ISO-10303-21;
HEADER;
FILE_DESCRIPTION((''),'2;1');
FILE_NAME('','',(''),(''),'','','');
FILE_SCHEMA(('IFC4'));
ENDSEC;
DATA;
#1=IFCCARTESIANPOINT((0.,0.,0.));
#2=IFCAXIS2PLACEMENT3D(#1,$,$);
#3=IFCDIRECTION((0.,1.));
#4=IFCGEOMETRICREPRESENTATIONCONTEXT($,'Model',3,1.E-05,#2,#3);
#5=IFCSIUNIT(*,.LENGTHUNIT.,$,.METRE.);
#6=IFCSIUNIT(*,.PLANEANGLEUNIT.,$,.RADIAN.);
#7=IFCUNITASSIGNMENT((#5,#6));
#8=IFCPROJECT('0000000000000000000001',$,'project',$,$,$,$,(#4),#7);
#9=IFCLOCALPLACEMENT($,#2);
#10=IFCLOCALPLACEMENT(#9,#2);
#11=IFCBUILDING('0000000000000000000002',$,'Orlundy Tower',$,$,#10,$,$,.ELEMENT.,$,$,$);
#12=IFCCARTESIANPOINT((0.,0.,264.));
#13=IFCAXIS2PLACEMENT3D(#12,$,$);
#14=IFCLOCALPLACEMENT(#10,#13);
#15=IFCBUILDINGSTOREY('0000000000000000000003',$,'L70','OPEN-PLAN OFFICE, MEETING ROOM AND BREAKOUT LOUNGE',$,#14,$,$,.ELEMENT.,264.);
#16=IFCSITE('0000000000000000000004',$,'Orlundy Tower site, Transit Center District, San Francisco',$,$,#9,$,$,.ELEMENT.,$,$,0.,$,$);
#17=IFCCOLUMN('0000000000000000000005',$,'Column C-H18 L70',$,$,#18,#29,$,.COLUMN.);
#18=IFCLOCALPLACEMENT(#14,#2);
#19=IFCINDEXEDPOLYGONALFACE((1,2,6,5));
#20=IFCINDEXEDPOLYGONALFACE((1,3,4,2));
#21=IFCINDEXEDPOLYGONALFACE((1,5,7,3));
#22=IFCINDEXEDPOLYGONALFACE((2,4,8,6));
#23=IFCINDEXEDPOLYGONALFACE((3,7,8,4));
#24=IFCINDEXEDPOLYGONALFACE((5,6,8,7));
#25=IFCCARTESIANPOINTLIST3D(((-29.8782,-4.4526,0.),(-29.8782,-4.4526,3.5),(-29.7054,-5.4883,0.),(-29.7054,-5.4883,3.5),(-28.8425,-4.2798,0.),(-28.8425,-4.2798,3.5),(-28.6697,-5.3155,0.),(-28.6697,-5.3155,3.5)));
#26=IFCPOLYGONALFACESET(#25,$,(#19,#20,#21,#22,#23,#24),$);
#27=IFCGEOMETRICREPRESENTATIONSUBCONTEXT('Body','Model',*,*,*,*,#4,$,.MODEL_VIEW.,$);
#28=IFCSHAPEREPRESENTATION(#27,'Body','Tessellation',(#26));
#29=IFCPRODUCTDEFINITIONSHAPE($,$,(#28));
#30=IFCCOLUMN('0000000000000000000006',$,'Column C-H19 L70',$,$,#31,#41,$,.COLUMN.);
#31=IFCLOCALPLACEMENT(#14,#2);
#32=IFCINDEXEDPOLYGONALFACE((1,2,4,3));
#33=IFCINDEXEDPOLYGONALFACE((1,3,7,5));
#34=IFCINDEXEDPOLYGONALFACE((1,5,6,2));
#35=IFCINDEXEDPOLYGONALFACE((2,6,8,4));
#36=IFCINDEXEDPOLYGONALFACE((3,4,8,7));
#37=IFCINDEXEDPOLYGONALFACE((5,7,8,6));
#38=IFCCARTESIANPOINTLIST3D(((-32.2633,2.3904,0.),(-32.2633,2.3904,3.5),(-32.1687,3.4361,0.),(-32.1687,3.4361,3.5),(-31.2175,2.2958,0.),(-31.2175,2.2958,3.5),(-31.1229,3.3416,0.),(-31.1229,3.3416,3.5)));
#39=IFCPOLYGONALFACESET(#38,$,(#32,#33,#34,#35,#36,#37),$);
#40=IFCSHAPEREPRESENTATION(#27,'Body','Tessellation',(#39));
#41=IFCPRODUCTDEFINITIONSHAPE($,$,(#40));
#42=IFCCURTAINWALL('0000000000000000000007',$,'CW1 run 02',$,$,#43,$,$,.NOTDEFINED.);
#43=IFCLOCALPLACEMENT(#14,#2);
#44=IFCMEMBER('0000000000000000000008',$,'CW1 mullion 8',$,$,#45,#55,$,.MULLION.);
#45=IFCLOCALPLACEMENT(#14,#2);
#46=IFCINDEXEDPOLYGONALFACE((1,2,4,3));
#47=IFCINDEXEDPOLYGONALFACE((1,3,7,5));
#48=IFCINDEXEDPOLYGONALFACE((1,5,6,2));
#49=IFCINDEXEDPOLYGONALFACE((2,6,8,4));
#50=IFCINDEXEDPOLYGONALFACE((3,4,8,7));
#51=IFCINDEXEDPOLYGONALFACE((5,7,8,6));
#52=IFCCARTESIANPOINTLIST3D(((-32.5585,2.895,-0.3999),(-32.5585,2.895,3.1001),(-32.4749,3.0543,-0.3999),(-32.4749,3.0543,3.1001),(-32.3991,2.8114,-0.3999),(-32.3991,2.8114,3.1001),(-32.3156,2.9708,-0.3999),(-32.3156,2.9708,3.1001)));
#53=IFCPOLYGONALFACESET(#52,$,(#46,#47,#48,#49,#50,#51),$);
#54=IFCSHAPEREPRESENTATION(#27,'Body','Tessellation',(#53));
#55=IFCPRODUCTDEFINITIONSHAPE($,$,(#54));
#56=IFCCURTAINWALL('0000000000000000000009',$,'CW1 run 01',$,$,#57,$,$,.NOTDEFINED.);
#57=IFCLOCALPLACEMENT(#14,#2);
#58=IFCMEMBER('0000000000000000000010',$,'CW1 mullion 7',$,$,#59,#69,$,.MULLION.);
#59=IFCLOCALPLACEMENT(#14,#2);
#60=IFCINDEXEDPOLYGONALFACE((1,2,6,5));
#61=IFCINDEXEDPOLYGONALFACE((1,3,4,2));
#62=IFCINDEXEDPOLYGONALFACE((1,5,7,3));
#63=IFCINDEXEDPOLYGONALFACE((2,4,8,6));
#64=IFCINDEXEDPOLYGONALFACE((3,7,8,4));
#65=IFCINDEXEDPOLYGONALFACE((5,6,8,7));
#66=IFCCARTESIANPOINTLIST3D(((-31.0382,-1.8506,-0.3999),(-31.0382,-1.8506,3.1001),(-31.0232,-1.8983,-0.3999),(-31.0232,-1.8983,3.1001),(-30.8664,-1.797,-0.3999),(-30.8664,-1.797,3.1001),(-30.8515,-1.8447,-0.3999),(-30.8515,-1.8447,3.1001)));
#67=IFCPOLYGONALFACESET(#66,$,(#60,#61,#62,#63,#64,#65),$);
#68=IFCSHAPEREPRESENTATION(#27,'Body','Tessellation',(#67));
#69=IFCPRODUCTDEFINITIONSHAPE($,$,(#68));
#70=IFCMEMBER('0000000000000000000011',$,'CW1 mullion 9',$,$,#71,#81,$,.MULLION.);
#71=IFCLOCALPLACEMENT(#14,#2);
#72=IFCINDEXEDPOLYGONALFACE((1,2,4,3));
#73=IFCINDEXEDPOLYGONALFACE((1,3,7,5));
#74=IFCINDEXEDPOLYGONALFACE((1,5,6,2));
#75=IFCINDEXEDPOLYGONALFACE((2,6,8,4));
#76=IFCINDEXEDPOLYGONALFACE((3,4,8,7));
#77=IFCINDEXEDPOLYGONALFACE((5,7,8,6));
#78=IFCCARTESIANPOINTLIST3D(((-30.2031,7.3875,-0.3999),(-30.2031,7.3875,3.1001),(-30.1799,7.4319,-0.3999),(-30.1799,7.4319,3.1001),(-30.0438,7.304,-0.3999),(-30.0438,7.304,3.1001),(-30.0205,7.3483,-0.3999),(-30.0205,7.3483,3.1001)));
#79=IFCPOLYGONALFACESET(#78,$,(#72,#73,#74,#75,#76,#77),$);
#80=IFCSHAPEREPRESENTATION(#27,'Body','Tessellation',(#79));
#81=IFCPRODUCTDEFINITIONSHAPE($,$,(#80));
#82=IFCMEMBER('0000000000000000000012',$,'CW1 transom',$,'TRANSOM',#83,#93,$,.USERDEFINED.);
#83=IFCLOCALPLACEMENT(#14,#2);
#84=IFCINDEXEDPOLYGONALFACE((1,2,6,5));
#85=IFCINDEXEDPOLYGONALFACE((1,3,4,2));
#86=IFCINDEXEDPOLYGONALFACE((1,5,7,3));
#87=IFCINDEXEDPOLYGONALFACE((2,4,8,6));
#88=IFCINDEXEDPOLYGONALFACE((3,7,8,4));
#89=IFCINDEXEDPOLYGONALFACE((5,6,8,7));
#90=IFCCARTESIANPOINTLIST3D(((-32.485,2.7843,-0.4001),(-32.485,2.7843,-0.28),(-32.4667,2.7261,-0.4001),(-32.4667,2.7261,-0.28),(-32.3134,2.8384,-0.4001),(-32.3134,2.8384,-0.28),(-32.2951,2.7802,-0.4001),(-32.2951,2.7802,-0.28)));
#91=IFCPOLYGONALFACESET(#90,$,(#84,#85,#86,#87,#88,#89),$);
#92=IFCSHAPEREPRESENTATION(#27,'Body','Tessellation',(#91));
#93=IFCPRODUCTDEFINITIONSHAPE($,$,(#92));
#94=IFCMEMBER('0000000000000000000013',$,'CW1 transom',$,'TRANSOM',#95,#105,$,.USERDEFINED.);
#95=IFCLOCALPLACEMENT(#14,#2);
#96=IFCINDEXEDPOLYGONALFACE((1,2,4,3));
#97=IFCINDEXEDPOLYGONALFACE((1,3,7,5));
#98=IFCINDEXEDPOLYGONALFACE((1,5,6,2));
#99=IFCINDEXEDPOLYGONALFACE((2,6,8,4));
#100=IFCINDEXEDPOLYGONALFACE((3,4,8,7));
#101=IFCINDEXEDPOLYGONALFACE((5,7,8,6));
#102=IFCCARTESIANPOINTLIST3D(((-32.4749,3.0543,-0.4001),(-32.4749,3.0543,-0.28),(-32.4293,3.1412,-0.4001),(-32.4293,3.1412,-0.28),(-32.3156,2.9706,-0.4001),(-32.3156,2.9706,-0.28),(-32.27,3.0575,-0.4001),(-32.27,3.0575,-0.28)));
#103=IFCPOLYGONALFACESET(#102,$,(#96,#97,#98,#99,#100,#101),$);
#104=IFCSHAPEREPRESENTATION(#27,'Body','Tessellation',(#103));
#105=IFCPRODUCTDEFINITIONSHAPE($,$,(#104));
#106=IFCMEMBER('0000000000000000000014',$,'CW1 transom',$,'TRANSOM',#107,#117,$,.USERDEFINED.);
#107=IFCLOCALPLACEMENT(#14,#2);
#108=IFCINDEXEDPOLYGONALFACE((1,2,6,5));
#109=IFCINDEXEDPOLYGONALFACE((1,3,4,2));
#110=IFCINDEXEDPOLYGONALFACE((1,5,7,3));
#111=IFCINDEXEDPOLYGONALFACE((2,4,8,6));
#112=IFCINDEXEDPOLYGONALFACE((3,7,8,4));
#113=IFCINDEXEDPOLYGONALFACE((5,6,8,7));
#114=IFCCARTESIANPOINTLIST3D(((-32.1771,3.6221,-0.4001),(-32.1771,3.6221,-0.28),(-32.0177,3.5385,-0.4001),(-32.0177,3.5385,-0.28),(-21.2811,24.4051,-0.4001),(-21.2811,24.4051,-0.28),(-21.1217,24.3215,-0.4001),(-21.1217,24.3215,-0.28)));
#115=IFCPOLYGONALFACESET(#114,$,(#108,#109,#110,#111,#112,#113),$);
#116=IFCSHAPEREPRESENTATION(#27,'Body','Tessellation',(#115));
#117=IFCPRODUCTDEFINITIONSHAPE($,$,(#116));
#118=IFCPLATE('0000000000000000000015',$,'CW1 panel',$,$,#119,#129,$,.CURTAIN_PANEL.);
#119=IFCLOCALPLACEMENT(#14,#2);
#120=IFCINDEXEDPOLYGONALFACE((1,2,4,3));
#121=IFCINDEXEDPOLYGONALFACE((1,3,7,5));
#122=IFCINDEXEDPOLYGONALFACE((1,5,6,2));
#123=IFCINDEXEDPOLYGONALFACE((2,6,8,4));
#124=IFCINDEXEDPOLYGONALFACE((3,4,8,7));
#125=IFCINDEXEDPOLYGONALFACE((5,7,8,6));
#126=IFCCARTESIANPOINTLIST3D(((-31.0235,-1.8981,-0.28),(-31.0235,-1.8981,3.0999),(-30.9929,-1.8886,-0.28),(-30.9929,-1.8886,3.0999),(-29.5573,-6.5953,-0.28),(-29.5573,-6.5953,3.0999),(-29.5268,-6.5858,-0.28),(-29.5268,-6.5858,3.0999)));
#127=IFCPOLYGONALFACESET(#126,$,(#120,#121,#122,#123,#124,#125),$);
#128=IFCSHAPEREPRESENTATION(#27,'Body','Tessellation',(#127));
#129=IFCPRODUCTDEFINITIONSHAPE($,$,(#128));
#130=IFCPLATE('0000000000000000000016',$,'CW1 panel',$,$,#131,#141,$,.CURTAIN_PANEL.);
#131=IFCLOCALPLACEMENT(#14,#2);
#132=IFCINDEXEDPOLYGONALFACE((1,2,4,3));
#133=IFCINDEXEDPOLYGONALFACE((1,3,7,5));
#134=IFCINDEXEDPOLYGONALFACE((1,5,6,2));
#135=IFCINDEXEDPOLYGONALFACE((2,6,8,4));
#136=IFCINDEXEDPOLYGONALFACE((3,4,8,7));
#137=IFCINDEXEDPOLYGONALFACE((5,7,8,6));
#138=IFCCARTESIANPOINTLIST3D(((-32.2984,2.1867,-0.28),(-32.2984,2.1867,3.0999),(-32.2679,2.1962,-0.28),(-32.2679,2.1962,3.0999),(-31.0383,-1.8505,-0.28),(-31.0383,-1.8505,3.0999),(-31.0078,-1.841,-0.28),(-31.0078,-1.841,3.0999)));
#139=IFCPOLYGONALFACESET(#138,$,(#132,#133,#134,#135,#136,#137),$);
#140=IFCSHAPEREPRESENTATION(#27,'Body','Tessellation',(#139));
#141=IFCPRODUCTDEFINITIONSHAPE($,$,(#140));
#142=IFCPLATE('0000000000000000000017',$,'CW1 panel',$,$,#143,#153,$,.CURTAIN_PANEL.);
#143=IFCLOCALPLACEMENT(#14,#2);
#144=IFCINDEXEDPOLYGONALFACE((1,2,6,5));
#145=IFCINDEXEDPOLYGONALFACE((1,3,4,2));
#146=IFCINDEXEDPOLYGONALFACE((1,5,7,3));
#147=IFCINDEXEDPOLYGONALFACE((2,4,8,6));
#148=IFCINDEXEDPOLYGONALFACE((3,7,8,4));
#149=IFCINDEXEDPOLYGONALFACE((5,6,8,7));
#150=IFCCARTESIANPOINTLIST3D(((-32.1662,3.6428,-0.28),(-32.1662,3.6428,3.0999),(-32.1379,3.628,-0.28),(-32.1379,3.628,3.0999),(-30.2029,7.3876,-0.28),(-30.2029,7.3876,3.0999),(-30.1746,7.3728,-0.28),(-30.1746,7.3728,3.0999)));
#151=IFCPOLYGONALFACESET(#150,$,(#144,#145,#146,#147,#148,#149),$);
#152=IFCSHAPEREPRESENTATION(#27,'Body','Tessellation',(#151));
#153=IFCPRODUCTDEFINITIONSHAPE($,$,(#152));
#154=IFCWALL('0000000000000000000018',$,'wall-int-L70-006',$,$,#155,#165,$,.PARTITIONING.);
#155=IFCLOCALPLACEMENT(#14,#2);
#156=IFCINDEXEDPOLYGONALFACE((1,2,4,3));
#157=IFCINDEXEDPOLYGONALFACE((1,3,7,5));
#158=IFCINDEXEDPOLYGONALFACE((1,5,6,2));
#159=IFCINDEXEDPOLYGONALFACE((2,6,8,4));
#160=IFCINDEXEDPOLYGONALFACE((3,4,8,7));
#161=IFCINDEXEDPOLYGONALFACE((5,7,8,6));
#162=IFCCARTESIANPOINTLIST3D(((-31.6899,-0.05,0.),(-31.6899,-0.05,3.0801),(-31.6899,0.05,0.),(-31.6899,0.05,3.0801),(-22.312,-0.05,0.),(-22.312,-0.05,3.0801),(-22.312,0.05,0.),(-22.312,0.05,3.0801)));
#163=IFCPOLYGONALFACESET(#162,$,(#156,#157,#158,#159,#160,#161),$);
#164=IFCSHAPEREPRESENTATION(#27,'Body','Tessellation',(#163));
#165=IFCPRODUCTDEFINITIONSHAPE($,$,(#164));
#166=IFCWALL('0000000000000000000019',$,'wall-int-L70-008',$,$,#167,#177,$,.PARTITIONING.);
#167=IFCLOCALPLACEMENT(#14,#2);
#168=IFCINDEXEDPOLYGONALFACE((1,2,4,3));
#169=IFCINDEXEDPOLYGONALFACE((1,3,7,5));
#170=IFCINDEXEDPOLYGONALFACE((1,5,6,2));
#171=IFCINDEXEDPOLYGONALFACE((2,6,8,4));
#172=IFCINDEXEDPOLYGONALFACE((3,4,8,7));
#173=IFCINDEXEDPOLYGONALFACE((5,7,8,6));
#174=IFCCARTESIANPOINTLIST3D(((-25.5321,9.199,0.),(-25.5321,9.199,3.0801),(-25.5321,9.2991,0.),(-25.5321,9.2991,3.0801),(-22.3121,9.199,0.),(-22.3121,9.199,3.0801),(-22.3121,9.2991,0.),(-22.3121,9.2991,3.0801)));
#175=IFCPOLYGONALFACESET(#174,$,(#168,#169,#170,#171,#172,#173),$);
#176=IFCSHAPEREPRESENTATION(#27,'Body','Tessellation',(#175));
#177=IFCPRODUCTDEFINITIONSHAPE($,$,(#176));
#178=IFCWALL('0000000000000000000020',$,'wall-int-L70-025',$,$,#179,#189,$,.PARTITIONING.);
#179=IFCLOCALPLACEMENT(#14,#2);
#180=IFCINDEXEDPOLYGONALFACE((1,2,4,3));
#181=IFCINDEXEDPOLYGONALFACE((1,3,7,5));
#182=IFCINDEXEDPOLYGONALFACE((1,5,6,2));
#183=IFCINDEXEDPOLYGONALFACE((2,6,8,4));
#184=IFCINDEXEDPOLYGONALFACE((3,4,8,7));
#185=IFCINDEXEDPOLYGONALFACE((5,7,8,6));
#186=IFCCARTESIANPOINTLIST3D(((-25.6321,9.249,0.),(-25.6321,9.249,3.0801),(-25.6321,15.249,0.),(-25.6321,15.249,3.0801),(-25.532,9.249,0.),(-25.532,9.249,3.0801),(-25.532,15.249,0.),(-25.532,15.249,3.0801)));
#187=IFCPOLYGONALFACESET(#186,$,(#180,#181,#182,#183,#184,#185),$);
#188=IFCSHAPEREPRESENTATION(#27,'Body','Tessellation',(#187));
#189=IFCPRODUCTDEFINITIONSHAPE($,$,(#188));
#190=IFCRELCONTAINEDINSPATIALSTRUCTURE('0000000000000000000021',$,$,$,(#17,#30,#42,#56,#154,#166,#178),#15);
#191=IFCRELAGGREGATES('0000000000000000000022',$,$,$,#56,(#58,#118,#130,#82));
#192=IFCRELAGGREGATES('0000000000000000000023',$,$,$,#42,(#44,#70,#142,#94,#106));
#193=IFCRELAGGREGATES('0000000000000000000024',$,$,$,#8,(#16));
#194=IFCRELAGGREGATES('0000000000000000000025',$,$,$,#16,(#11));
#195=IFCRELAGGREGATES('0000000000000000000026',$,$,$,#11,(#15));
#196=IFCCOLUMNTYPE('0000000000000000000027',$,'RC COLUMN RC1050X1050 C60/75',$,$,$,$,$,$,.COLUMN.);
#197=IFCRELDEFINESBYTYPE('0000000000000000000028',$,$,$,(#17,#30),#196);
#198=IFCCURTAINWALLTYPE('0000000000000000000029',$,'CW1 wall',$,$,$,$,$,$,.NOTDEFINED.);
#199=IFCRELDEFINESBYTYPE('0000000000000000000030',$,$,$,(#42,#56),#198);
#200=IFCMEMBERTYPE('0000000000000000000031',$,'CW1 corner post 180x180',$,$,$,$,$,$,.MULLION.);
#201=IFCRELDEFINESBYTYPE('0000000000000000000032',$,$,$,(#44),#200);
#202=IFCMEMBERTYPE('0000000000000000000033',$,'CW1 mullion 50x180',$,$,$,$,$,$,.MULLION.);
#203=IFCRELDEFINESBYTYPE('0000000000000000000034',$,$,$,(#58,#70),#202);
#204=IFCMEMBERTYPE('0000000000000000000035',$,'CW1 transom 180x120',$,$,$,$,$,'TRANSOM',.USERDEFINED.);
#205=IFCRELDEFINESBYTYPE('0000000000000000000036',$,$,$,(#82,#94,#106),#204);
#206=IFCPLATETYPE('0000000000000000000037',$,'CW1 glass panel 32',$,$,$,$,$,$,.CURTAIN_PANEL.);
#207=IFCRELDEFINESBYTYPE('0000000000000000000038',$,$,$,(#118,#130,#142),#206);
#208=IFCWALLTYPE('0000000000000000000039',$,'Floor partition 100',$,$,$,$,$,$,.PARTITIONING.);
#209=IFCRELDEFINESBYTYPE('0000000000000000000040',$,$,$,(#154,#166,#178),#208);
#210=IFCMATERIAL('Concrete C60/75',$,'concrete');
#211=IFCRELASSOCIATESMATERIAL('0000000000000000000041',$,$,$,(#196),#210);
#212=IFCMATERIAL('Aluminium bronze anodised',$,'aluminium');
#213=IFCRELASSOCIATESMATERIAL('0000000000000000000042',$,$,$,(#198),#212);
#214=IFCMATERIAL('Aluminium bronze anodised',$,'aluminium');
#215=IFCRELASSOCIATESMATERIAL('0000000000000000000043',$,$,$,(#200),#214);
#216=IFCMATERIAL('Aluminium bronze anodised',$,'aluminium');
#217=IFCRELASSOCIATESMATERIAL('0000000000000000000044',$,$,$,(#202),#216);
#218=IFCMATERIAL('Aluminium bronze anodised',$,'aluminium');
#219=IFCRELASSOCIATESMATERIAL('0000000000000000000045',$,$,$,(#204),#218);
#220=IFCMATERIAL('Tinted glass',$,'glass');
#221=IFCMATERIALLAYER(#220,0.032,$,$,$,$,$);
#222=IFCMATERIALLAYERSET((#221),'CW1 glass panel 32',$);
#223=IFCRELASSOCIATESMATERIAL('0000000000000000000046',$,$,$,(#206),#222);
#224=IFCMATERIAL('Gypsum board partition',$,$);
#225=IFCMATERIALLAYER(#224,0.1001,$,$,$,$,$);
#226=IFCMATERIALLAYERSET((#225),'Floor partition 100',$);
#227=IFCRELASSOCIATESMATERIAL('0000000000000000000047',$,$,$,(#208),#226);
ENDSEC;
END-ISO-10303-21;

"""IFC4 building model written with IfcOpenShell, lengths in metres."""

from ifc_helpers import new_model, si_unit, direction, frame, frame_2d, origin, origin_2d, place, context, subcontext, project, spatial, rectangle, extrude, material, layer, layer_set, material_profile, profile_set, type_object, element, aggregate, save


model = new_model("IFC4")

# Units and contexts
model_context = context("Model", 3, precision=1e-05, world=origin(), true_north=direction((0.0, 1.0)))
body_context = subcontext(model_context, "Body", "Model", "MODEL_VIEW")
ifc_project = project(units=[si_unit("LENGTHUNIT", "METRE"), si_unit("PLANEANGLEUNIT", "RADIAN")], contexts=[model_context])

# Site, building, storey
site_placement = place(None, origin())
site = spatial("IfcSite", under=ifc_project, at=site_placement, Name="Orlundy Tower site, Transit Center District, San Francisco", CompositionType="ELEMENT", RefElevation=0.0)
building_placement = place(site_placement, origin())
building = spatial("IfcBuilding", under=site, at=building_placement, Name="Orlundy Tower", CompositionType="ELEMENT")
storey_placement = place(building_placement, frame((0.0, 0.0, 264.0)))
storey = spatial("IfcBuildingStorey", under=building, at=storey_placement, Name="L70", Description="OPEN-PLAN OFFICE, MEETING ROOM AND BREAKOUT LOUNGE", CompositionType="ELEMENT", Elevation=264.0)

# Columns
ifc_material_1 = material(Name="Concrete C60/75", Category="concrete")
ifc_material_profile_1 = material_profile(ifc_material_1, rectangle(XDim=1.05, YDim=1.05, at=origin_2d()), Name="RC1050X1050")
ifc_profile_set_1 = profile_set([ifc_material_profile_1], Name="Concrete C60/75")
column_type = type_object("IfcColumnType", Name="RC COLUMN RC1050X1050 C60/75", PredefinedType="COLUMN", material=ifc_profile_set_1)
for number, where, z_axis, x_axis, name in (
    (1, (-29.2739, -4.884, 0.0), (0.0, 0.0, 1.0), (-0.986366, -0.164566, 0.0), "Column C-H18 L70"),
    (2, (-31.6931, 2.866, 0.0), (0.0, 0.0, 1.0), (-0.995936, 0.090059, 0.0), "Column C-H19 L70"),
):
    element("IfcColumn", number, at=place(storey_placement, frame(where, z_axis=z_axis, x_axis=x_axis)), inside=storey, type_object=column_type, Name=name, PredefinedType="COLUMN", context=body_context, shape_type="SweptSolid", body=[
        extrude(rectangle(XDim=1.05, YDim=1.05, at=origin_2d()), origin(), (0.0, 0.0, 1.0), 3.5),
    ])

# Curtain walls, members
ifc_material_2 = material(Name="Aluminium bronze anodised", Category="aluminium")
curtain_wall_type = type_object("IfcCurtainWallType", Name="CW1 wall", PredefinedType="NOTDEFINED", material=ifc_material_2)
curtain_wall_1_placement = place(storey_placement, origin())
curtain_wall_1 = element("IfcCurtainWall", 3, at=curtain_wall_1_placement, inside=storey, type_object=curtain_wall_type, Name="CW1 run 02", PredefinedType="NOTDEFINED")
ifc_material_3 = material(Name="Aluminium bronze anodised", Category="aluminium")
ifc_material_profile_2 = material_profile(ifc_material_3, rectangle(XDim=0.1799, YDim=0.1799, at=origin_2d()), Name="CW1 corner post 180x180")
ifc_profile_set_2 = profile_set([ifc_material_profile_2], Name="Aluminium bronze anodised")
member_type_1 = type_object("IfcMemberType", Name="CW1 corner post 180x180", PredefinedType="MULLION", material=ifc_profile_set_2)
member_1_placement = place(storey_placement, frame((-32.437, 2.9329, -0.3999), z_axis=(0.0, 0.0, 1.0), x_axis=(-0.885659, 0.464336, 0.0)))
member_1 = element("IfcMember", 4, at=member_1_placement, type_object=member_type_1, Name="CW1 mullion 8", PredefinedType="MULLION", context=body_context, shape_type="SweptSolid", body=[
    extrude(rectangle(XDim=0.1799, YDim=0.1799, at=origin_2d()), origin(), (0.0, 0.0, 1.0), 3.5),
])
curtain_wall_2_placement = place(storey_placement, origin())
curtain_wall_2 = element("IfcCurtainWall", 5, at=curtain_wall_2_placement, inside=storey, type_object=curtain_wall_type, Name="CW1 run 01", PredefinedType="NOTDEFINED")
ifc_material_4 = material(Name="Aluminium bronze anodised", Category="aluminium")
ifc_material_profile_3 = material_profile(ifc_material_4, rectangle(XDim=0.1799, YDim=0.05, at=origin_2d()), Name="CW1 mullion 50x180")
ifc_profile_set_3 = profile_set([ifc_material_profile_3], Name="Aluminium bronze anodised")
member_type_2 = type_object("IfcMemberType", Name="CW1 mullion 50x180", PredefinedType="MULLION", material=ifc_profile_set_3)
member_2_placement = place(storey_placement, frame((-30.9448, -1.8477, -0.3999), z_axis=(0.0, 0.0, 1.0), x_axis=(-0.95458, -0.297954, 0.0)))
member_2 = element("IfcMember", 6, at=member_2_placement, type_object=member_type_2, Name="CW1 mullion 7", PredefinedType="MULLION", context=body_context, shape_type="SweptSolid", body=[
    extrude(rectangle(XDim=0.1799, YDim=0.05, at=origin_2d()), origin(), (0.0, 0.0, 1.0), 3.5),
])

# Members
member_3_placement = place(storey_placement, frame((-30.1118, 7.3679, -0.3999), z_axis=(0.0, 0.0, 1.0), x_axis=(-0.885659, 0.464336, 0.0)))
member_3 = element("IfcMember", 7, at=member_3_placement, type_object=member_type_2, Name="CW1 mullion 9", PredefinedType="MULLION", context=body_context, shape_type="SweptSolid", body=[
    extrude(rectangle(XDim=0.1799, YDim=0.05, at=origin_2d()), origin(), (0.0, 0.0, 1.0), 3.5),
])
ifc_material_5 = material(Name="Aluminium bronze anodised", Category="aluminium")
ifc_material_profile_4 = material_profile(ifc_material_5, rectangle(XDim=0.1799, YDim=0.1201, at=origin_2d()), Name="CW1 transom 180x120")
ifc_profile_set_4 = profile_set([ifc_material_profile_4], Name="Aluminium bronze anodised")
member_type_3 = type_object("IfcMemberType", Name="CW1 transom 180x120", ElementType="TRANSOM", PredefinedType="USERDEFINED", material=ifc_profile_set_4)
member_4_placement = place(storey_placement, frame((-32.3809, 2.7532, -0.3401), z_axis=(-0.300556, 0.953764, 0.0), x_axis=(-0.953764, -0.300556, 0.0)))
member_4 = element("IfcMember", 8, at=member_4_placement, type_object=member_type_3, Name="CW1 transom", ObjectType="TRANSOM", PredefinedType="USERDEFINED", context=body_context, shape_type="SweptSolid", body=[
    extrude(rectangle(XDim=0.1799, YDim=0.1201, at=origin_2d()), origin(), (0.0, 0.0, 1.0), 0.061),
])
member_5_placement = place(storey_placement, frame((-32.3953, 3.0125, -0.3401), z_axis=(0.465029, 0.885296, 0.0), x_axis=(-0.885296, 0.465029, 0.0)))
member_5 = element("IfcMember", 9, at=member_5_placement, type_object=member_type_3, Name="CW1 transom", ObjectType="TRANSOM", PredefinedType="USERDEFINED", context=body_context, shape_type="SweptSolid", body=[
    extrude(rectangle(XDim=0.1799, YDim=0.1201, at=origin_2d()), origin(), (0.0, 0.0, 1.0), 0.0981),
])
member_6_placement = place(storey_placement, frame((-32.0974, 3.5803, -0.3401), z_axis=(0.464331, 0.885662, 0.0), x_axis=(-0.885662, 0.464331, 0.0)))
member_6 = element("IfcMember", 10, at=member_6_placement, type_object=member_type_3, Name="CW1 transom", ObjectType="TRANSOM", PredefinedType="USERDEFINED", context=body_context, shape_type="SweptSolid", body=[
    extrude(rectangle(XDim=0.1799, YDim=0.1201, at=origin_2d()), origin(), (0.0, 0.0, 1.0), 23.4661),
])

# Plates
ifc_material_6 = material(Name="Tinted glass", Category="glass")
ifc_layer_1 = layer(ifc_material_6, 0.032)
ifc_layer_set_1 = layer_set([ifc_layer_1], Name="CW1 glass panel 32")
plate_type = type_object("IfcPlateType", Name="CW1 glass panel 32", PredefinedType="CURTAIN_PANEL", material=ifc_layer_set_1)
plate_1_placement = place(storey_placement, frame((-30.2751, -4.2419, -0.28), z_axis=(0.0, 0.0, 1.0), x_axis=(-0.297954, 0.95458, 0.0)))
plate_1 = element("IfcPlate", 11, at=plate_1_placement, type_object=plate_type, Name="CW1 panel", PredefinedType="CURTAIN_PANEL", context=body_context, shape_type="SweptSolid", body=[
    extrude(rectangle(XDim=4.9207, YDim=0.032, at=origin_2d()), origin(), (0.0, 0.0, 1.0), 3.3799),
])
plate_2_placement = place(storey_placement, frame((-31.6531, 0.1729, -0.28), z_axis=(0.0, 0.0, 1.0), x_axis=(-0.297954, 0.95458, 0.0)))
plate_2 = element("IfcPlate", 12, at=plate_2_placement, type_object=plate_type, Name="CW1 panel", PredefinedType="CURTAIN_PANEL", context=body_context, shape_type="SweptSolid", body=[
    extrude(rectangle(XDim=4.2292, YDim=0.032, at=origin_2d()), origin(), (0.0, 0.0, 1.0), 3.3799),
])
aggregate(curtain_wall_2, [member_2, plate_1, plate_2, member_4])
plate_3_placement = place(storey_placement, frame((-31.1704, 5.5078, -0.28), z_axis=(0.0, 0.0, 1.0), x_axis=(0.464336, 0.885659, 0.0)))
plate_3 = element("IfcPlate", 13, at=plate_3_placement, type_object=plate_type, Name="CW1 panel", PredefinedType="CURTAIN_PANEL", context=body_context, shape_type="SweptSolid", body=[
    extrude(rectangle(XDim=4.2283, YDim=0.032, at=origin_2d()), origin(), (0.0, 0.0, 1.0), 3.3799),
])
aggregate(curtain_wall_1, [member_1, member_3, plate_3, member_5, member_6])

# Walls
ifc_material_7 = material(Name="Gypsum board partition")
ifc_layer_2 = layer(ifc_material_7, 0.1001)
ifc_layer_set_2 = layer_set([ifc_layer_2], Name="Floor partition 100")
wall_type_1 = type_object("IfcWallType", Name="Floor partition 100", PredefinedType="PARTITIONING", material=ifc_layer_set_2)
wall_1_placement = place(storey_placement, frame((-31.6899, 0.0, 0.0), z_axis=(0.0, 0.0, 1.0), x_axis=(1.0, 0.0, 0.0)))
element("IfcWall", 14, at=wall_1_placement, inside=storey, type_object=wall_type_1, Name="wall-int-L70-006", PredefinedType="PARTITIONING", context=body_context, shape_type="SweptSolid", body=[
    extrude(rectangle(XDim=9.3779, YDim=0.1001, at=frame_2d((4.689, 0.0))), origin(), (0.0, 0.0, 1.0), 3.0801),
])
wall_2_placement = place(storey_placement, frame((-25.532, 9.249, 0.0), z_axis=(0.0, 0.0, 1.0), x_axis=(1.0, 0.0, 0.0)))
element("IfcWall", 15, at=wall_2_placement, inside=storey, type_object=wall_type_1, Name="wall-int-L70-008", PredefinedType="PARTITIONING", context=body_context, shape_type="SweptSolid", body=[
    extrude(rectangle(XDim=3.22, YDim=0.1001, at=frame_2d((1.6099, 0.0))), origin(), (0.0, 0.0, 1.0), 3.0801),
])
wall_3_placement = place(storey_placement, frame((-25.582, 9.249, 0.0), z_axis=(0.0, 0.0, 1.0), x_axis=(0.0, 1.0, 0.0)))
element("IfcWall", 16, at=wall_3_placement, inside=storey, type_object=wall_type_1, Name="wall-int-L70-025", PredefinedType="PARTITIONING", context=body_context, shape_type="SweptSolid", body=[
    extrude(rectangle(XDim=6.0, YDim=0.1001, at=frame_2d((3.0, 0.0))), origin(), (0.0, 0.0, 1.0), 3.0801),
])

save(model, "model.ifc")
